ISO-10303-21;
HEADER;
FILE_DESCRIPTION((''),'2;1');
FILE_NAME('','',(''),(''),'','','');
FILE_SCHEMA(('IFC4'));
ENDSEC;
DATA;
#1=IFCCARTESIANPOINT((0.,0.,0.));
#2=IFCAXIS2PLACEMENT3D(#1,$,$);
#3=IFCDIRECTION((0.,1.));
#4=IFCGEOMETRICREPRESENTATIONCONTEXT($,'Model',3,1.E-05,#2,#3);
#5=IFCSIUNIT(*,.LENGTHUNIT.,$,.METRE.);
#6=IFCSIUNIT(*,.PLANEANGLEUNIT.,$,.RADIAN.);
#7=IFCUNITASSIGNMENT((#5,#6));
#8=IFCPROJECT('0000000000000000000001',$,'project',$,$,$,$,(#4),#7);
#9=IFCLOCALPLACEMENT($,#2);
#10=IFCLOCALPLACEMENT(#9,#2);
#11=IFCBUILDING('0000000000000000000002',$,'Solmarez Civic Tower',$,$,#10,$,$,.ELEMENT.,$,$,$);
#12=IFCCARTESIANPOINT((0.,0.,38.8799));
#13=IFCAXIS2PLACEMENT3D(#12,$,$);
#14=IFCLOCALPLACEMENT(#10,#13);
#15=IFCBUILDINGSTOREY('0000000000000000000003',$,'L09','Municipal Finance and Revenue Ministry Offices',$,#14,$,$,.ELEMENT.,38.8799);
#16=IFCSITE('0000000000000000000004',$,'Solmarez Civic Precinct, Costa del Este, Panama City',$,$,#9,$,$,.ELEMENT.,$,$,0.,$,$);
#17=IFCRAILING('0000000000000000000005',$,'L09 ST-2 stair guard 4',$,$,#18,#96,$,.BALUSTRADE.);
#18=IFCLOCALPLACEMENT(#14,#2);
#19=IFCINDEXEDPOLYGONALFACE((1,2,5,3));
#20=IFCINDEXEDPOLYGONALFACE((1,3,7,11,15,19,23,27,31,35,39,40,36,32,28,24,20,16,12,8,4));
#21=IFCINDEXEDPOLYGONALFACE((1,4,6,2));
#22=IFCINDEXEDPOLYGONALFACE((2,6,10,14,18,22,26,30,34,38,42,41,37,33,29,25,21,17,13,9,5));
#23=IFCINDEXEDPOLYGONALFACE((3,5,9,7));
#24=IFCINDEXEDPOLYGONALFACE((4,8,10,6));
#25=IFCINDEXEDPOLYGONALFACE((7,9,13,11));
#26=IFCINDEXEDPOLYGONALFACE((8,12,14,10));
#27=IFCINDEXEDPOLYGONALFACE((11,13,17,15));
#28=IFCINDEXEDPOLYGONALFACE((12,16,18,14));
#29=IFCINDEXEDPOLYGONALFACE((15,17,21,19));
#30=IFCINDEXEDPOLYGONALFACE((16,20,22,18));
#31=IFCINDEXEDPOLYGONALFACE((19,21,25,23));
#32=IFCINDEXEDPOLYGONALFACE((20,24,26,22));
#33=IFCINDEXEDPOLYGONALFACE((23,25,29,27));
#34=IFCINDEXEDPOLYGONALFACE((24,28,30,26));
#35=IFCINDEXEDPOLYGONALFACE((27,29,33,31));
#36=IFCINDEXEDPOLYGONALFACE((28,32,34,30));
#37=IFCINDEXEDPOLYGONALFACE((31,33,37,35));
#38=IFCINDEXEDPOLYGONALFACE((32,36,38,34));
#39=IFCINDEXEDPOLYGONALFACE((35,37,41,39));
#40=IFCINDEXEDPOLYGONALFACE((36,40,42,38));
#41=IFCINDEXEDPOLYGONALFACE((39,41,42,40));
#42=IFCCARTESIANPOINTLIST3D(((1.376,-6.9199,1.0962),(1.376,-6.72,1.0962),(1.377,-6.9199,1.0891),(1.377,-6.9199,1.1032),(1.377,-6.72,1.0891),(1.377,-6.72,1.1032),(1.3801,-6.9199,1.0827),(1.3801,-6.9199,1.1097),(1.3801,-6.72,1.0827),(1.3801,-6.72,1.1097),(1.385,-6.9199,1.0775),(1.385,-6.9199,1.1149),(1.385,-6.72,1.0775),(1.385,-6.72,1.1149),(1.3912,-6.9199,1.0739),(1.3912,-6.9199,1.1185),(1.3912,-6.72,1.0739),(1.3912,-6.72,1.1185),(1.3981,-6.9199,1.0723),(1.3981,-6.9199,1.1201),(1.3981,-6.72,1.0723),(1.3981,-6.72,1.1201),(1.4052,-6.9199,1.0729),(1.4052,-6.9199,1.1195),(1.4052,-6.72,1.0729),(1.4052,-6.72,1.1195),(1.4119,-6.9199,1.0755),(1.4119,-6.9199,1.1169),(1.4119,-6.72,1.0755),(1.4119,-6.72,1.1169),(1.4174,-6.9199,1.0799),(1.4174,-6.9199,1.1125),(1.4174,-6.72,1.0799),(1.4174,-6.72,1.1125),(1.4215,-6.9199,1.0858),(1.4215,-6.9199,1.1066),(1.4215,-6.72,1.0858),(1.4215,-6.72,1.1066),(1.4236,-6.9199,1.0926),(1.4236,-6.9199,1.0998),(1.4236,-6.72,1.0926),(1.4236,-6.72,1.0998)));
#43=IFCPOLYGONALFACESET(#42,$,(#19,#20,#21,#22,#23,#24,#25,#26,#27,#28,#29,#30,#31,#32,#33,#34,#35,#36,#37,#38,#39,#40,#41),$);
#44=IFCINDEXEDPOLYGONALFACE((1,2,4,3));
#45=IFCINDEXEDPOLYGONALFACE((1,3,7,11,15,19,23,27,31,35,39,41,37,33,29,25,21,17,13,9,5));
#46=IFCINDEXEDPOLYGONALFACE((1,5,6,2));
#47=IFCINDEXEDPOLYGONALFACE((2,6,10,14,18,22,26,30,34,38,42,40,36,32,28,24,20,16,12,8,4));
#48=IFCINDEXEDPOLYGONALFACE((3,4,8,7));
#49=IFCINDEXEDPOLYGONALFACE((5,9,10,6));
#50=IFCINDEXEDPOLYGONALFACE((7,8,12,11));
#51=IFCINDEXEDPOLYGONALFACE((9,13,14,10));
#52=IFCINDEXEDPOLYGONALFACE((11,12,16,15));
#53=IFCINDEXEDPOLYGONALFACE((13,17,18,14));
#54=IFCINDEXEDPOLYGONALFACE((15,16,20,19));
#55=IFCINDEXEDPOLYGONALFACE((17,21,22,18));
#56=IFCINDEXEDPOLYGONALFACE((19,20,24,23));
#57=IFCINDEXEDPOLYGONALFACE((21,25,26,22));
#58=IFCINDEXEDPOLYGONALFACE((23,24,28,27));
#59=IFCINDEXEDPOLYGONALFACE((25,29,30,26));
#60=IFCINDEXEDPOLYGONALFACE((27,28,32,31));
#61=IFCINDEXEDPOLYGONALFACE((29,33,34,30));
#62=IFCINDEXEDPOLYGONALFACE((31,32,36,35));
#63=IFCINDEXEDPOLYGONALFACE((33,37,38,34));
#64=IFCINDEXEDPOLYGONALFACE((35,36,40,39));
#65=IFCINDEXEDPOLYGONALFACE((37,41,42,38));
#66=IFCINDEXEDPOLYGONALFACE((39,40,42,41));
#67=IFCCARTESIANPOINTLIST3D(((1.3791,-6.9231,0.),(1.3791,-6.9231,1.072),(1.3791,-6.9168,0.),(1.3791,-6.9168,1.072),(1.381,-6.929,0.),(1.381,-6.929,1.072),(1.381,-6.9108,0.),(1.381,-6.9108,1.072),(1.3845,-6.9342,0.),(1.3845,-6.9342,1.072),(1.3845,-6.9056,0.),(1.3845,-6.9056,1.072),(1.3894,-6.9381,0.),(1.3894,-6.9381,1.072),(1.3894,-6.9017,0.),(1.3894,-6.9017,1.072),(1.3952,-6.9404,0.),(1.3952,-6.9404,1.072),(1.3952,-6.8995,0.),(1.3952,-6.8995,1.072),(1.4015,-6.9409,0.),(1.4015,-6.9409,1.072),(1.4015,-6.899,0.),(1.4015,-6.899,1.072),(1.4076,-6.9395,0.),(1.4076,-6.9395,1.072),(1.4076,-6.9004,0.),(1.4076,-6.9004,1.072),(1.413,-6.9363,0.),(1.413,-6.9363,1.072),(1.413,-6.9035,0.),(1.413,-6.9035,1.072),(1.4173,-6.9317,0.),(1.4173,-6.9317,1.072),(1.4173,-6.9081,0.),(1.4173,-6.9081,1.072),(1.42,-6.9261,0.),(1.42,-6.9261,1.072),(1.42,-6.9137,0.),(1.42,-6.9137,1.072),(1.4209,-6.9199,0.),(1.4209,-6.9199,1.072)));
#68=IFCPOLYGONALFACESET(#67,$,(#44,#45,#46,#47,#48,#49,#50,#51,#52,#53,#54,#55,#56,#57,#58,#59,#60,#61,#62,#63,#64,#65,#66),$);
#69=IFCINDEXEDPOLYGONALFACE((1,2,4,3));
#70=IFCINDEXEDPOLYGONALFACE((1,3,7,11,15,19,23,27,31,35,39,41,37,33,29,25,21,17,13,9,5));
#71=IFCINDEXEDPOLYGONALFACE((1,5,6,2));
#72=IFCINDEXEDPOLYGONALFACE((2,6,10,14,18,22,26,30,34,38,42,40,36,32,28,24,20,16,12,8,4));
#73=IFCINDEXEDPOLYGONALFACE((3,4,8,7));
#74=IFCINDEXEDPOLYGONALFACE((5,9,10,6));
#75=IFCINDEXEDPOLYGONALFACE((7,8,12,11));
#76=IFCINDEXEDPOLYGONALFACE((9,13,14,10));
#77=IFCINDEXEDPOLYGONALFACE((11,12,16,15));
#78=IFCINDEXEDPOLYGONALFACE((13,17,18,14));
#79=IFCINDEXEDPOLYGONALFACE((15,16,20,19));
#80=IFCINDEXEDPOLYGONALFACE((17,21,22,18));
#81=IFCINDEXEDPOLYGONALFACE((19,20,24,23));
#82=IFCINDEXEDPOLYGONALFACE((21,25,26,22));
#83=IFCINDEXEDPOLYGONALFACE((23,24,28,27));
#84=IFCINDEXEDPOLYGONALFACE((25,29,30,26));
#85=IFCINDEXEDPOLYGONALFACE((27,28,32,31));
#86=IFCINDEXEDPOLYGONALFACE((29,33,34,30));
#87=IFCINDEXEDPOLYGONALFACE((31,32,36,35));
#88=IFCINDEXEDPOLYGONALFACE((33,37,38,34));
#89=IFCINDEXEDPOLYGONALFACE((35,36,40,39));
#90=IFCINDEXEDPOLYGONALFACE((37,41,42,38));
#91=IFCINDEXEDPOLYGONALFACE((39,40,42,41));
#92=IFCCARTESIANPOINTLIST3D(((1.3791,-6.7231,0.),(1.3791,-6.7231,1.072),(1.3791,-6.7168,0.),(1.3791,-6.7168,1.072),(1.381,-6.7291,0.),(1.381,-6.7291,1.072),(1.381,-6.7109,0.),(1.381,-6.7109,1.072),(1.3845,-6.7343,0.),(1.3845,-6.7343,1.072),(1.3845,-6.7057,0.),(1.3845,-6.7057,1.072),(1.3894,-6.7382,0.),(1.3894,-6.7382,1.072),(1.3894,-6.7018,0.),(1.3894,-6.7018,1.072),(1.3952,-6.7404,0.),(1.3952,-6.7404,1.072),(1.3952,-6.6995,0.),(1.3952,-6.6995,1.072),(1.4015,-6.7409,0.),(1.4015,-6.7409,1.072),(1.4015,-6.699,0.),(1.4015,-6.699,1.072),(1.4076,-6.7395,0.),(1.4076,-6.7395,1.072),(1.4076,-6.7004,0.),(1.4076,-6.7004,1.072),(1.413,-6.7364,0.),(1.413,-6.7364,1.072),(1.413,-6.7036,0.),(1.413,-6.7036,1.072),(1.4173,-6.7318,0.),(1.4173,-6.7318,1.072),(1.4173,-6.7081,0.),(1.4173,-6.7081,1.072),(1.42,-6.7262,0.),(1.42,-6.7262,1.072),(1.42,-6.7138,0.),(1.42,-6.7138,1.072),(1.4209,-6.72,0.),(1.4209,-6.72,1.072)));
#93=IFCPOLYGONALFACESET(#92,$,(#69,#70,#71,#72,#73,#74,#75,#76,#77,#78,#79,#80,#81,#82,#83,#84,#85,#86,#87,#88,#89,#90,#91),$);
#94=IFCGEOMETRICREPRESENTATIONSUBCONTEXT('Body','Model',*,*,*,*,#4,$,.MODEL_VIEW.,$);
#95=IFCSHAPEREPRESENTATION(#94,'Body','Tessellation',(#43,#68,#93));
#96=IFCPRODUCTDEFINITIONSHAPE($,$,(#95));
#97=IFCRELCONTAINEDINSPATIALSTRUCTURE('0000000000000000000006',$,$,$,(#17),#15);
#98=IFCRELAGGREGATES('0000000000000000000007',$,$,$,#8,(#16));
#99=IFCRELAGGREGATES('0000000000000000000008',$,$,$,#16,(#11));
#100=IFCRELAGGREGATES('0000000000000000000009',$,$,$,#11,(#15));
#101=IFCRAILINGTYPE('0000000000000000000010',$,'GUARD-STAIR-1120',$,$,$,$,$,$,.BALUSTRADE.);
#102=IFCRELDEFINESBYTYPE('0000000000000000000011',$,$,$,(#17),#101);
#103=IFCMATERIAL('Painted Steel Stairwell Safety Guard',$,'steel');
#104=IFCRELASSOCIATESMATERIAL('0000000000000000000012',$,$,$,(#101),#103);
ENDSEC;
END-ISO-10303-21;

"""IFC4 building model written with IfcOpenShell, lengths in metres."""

from ifc_helpers import new_model, si_unit, direction, frame, origin, origin_2d, place, context, subcontext, project, spatial, circle, extrude, material, type_object, element, save


model = new_model("IFC4")

# Units and contexts
model_context = context("Model", 3, precision=1e-05, world=origin(), true_north=direction((0.0, 1.0)))
body_context = subcontext(model_context, "Body", "Model", "MODEL_VIEW")
ifc_project = project(units=[si_unit("LENGTHUNIT", "METRE"), si_unit("PLANEANGLEUNIT", "RADIAN")], contexts=[model_context])

# Site, building, storey
site_placement = place(None, origin())
site = spatial("IfcSite", under=ifc_project, at=site_placement, Name="Solmarez Civic Precinct, Costa del Este, Panama City", CompositionType="ELEMENT", RefElevation=0.0)
building_placement = place(site_placement, origin())
building = spatial("IfcBuilding", under=site, at=building_placement, Name="Solmarez Civic Tower", CompositionType="ELEMENT")
storey_placement = place(building_placement, frame((0.0, 0.0, 38.8799)))
storey = spatial("IfcBuildingStorey", under=building, at=storey_placement, Name="L09", Description="Municipal Finance and Revenue Ministry Offices", CompositionType="ELEMENT", Elevation=38.8799)

# Railing
ifc_material_1 = material(Name="Painted Steel Stairwell Safety Guard", Category="steel")
railing_type_1 = type_object("IfcRailingType", Name="GUARD-STAIR-1120", PredefinedType="BALUSTRADE", material=ifc_material_1)
railing_1_placement = place(storey_placement, frame((1.3999, -6.9199, 0.0)))
element("IfcRailing", 1, at=railing_1_placement, inside=storey, type_object=railing_type_1, Name="L09 ST-2 stair guard 4", PredefinedType="BALUSTRADE", context=body_context, shape_type="SweptSolid", body=[
    extrude(circle(Radius=0.0239, at=origin_2d()), frame((0.0, 0.0, 1.0962), z_axis=(0.0, 1.0, 0.0), x_axis=(-1.0, 0.0, 0.0)), (0.0, 0.0, 1.0), 0.2),
    extrude(circle(Radius=0.021, at=origin_2d()), origin(), (0.0, 0.0, 1.0), 1.072),
    extrude(circle(Radius=0.021, at=origin_2d()), frame((0.0, 0.2, 0.0)), (0.0, 0.0, 1.0), 1.072),
])

save(model, "model.ifc")
